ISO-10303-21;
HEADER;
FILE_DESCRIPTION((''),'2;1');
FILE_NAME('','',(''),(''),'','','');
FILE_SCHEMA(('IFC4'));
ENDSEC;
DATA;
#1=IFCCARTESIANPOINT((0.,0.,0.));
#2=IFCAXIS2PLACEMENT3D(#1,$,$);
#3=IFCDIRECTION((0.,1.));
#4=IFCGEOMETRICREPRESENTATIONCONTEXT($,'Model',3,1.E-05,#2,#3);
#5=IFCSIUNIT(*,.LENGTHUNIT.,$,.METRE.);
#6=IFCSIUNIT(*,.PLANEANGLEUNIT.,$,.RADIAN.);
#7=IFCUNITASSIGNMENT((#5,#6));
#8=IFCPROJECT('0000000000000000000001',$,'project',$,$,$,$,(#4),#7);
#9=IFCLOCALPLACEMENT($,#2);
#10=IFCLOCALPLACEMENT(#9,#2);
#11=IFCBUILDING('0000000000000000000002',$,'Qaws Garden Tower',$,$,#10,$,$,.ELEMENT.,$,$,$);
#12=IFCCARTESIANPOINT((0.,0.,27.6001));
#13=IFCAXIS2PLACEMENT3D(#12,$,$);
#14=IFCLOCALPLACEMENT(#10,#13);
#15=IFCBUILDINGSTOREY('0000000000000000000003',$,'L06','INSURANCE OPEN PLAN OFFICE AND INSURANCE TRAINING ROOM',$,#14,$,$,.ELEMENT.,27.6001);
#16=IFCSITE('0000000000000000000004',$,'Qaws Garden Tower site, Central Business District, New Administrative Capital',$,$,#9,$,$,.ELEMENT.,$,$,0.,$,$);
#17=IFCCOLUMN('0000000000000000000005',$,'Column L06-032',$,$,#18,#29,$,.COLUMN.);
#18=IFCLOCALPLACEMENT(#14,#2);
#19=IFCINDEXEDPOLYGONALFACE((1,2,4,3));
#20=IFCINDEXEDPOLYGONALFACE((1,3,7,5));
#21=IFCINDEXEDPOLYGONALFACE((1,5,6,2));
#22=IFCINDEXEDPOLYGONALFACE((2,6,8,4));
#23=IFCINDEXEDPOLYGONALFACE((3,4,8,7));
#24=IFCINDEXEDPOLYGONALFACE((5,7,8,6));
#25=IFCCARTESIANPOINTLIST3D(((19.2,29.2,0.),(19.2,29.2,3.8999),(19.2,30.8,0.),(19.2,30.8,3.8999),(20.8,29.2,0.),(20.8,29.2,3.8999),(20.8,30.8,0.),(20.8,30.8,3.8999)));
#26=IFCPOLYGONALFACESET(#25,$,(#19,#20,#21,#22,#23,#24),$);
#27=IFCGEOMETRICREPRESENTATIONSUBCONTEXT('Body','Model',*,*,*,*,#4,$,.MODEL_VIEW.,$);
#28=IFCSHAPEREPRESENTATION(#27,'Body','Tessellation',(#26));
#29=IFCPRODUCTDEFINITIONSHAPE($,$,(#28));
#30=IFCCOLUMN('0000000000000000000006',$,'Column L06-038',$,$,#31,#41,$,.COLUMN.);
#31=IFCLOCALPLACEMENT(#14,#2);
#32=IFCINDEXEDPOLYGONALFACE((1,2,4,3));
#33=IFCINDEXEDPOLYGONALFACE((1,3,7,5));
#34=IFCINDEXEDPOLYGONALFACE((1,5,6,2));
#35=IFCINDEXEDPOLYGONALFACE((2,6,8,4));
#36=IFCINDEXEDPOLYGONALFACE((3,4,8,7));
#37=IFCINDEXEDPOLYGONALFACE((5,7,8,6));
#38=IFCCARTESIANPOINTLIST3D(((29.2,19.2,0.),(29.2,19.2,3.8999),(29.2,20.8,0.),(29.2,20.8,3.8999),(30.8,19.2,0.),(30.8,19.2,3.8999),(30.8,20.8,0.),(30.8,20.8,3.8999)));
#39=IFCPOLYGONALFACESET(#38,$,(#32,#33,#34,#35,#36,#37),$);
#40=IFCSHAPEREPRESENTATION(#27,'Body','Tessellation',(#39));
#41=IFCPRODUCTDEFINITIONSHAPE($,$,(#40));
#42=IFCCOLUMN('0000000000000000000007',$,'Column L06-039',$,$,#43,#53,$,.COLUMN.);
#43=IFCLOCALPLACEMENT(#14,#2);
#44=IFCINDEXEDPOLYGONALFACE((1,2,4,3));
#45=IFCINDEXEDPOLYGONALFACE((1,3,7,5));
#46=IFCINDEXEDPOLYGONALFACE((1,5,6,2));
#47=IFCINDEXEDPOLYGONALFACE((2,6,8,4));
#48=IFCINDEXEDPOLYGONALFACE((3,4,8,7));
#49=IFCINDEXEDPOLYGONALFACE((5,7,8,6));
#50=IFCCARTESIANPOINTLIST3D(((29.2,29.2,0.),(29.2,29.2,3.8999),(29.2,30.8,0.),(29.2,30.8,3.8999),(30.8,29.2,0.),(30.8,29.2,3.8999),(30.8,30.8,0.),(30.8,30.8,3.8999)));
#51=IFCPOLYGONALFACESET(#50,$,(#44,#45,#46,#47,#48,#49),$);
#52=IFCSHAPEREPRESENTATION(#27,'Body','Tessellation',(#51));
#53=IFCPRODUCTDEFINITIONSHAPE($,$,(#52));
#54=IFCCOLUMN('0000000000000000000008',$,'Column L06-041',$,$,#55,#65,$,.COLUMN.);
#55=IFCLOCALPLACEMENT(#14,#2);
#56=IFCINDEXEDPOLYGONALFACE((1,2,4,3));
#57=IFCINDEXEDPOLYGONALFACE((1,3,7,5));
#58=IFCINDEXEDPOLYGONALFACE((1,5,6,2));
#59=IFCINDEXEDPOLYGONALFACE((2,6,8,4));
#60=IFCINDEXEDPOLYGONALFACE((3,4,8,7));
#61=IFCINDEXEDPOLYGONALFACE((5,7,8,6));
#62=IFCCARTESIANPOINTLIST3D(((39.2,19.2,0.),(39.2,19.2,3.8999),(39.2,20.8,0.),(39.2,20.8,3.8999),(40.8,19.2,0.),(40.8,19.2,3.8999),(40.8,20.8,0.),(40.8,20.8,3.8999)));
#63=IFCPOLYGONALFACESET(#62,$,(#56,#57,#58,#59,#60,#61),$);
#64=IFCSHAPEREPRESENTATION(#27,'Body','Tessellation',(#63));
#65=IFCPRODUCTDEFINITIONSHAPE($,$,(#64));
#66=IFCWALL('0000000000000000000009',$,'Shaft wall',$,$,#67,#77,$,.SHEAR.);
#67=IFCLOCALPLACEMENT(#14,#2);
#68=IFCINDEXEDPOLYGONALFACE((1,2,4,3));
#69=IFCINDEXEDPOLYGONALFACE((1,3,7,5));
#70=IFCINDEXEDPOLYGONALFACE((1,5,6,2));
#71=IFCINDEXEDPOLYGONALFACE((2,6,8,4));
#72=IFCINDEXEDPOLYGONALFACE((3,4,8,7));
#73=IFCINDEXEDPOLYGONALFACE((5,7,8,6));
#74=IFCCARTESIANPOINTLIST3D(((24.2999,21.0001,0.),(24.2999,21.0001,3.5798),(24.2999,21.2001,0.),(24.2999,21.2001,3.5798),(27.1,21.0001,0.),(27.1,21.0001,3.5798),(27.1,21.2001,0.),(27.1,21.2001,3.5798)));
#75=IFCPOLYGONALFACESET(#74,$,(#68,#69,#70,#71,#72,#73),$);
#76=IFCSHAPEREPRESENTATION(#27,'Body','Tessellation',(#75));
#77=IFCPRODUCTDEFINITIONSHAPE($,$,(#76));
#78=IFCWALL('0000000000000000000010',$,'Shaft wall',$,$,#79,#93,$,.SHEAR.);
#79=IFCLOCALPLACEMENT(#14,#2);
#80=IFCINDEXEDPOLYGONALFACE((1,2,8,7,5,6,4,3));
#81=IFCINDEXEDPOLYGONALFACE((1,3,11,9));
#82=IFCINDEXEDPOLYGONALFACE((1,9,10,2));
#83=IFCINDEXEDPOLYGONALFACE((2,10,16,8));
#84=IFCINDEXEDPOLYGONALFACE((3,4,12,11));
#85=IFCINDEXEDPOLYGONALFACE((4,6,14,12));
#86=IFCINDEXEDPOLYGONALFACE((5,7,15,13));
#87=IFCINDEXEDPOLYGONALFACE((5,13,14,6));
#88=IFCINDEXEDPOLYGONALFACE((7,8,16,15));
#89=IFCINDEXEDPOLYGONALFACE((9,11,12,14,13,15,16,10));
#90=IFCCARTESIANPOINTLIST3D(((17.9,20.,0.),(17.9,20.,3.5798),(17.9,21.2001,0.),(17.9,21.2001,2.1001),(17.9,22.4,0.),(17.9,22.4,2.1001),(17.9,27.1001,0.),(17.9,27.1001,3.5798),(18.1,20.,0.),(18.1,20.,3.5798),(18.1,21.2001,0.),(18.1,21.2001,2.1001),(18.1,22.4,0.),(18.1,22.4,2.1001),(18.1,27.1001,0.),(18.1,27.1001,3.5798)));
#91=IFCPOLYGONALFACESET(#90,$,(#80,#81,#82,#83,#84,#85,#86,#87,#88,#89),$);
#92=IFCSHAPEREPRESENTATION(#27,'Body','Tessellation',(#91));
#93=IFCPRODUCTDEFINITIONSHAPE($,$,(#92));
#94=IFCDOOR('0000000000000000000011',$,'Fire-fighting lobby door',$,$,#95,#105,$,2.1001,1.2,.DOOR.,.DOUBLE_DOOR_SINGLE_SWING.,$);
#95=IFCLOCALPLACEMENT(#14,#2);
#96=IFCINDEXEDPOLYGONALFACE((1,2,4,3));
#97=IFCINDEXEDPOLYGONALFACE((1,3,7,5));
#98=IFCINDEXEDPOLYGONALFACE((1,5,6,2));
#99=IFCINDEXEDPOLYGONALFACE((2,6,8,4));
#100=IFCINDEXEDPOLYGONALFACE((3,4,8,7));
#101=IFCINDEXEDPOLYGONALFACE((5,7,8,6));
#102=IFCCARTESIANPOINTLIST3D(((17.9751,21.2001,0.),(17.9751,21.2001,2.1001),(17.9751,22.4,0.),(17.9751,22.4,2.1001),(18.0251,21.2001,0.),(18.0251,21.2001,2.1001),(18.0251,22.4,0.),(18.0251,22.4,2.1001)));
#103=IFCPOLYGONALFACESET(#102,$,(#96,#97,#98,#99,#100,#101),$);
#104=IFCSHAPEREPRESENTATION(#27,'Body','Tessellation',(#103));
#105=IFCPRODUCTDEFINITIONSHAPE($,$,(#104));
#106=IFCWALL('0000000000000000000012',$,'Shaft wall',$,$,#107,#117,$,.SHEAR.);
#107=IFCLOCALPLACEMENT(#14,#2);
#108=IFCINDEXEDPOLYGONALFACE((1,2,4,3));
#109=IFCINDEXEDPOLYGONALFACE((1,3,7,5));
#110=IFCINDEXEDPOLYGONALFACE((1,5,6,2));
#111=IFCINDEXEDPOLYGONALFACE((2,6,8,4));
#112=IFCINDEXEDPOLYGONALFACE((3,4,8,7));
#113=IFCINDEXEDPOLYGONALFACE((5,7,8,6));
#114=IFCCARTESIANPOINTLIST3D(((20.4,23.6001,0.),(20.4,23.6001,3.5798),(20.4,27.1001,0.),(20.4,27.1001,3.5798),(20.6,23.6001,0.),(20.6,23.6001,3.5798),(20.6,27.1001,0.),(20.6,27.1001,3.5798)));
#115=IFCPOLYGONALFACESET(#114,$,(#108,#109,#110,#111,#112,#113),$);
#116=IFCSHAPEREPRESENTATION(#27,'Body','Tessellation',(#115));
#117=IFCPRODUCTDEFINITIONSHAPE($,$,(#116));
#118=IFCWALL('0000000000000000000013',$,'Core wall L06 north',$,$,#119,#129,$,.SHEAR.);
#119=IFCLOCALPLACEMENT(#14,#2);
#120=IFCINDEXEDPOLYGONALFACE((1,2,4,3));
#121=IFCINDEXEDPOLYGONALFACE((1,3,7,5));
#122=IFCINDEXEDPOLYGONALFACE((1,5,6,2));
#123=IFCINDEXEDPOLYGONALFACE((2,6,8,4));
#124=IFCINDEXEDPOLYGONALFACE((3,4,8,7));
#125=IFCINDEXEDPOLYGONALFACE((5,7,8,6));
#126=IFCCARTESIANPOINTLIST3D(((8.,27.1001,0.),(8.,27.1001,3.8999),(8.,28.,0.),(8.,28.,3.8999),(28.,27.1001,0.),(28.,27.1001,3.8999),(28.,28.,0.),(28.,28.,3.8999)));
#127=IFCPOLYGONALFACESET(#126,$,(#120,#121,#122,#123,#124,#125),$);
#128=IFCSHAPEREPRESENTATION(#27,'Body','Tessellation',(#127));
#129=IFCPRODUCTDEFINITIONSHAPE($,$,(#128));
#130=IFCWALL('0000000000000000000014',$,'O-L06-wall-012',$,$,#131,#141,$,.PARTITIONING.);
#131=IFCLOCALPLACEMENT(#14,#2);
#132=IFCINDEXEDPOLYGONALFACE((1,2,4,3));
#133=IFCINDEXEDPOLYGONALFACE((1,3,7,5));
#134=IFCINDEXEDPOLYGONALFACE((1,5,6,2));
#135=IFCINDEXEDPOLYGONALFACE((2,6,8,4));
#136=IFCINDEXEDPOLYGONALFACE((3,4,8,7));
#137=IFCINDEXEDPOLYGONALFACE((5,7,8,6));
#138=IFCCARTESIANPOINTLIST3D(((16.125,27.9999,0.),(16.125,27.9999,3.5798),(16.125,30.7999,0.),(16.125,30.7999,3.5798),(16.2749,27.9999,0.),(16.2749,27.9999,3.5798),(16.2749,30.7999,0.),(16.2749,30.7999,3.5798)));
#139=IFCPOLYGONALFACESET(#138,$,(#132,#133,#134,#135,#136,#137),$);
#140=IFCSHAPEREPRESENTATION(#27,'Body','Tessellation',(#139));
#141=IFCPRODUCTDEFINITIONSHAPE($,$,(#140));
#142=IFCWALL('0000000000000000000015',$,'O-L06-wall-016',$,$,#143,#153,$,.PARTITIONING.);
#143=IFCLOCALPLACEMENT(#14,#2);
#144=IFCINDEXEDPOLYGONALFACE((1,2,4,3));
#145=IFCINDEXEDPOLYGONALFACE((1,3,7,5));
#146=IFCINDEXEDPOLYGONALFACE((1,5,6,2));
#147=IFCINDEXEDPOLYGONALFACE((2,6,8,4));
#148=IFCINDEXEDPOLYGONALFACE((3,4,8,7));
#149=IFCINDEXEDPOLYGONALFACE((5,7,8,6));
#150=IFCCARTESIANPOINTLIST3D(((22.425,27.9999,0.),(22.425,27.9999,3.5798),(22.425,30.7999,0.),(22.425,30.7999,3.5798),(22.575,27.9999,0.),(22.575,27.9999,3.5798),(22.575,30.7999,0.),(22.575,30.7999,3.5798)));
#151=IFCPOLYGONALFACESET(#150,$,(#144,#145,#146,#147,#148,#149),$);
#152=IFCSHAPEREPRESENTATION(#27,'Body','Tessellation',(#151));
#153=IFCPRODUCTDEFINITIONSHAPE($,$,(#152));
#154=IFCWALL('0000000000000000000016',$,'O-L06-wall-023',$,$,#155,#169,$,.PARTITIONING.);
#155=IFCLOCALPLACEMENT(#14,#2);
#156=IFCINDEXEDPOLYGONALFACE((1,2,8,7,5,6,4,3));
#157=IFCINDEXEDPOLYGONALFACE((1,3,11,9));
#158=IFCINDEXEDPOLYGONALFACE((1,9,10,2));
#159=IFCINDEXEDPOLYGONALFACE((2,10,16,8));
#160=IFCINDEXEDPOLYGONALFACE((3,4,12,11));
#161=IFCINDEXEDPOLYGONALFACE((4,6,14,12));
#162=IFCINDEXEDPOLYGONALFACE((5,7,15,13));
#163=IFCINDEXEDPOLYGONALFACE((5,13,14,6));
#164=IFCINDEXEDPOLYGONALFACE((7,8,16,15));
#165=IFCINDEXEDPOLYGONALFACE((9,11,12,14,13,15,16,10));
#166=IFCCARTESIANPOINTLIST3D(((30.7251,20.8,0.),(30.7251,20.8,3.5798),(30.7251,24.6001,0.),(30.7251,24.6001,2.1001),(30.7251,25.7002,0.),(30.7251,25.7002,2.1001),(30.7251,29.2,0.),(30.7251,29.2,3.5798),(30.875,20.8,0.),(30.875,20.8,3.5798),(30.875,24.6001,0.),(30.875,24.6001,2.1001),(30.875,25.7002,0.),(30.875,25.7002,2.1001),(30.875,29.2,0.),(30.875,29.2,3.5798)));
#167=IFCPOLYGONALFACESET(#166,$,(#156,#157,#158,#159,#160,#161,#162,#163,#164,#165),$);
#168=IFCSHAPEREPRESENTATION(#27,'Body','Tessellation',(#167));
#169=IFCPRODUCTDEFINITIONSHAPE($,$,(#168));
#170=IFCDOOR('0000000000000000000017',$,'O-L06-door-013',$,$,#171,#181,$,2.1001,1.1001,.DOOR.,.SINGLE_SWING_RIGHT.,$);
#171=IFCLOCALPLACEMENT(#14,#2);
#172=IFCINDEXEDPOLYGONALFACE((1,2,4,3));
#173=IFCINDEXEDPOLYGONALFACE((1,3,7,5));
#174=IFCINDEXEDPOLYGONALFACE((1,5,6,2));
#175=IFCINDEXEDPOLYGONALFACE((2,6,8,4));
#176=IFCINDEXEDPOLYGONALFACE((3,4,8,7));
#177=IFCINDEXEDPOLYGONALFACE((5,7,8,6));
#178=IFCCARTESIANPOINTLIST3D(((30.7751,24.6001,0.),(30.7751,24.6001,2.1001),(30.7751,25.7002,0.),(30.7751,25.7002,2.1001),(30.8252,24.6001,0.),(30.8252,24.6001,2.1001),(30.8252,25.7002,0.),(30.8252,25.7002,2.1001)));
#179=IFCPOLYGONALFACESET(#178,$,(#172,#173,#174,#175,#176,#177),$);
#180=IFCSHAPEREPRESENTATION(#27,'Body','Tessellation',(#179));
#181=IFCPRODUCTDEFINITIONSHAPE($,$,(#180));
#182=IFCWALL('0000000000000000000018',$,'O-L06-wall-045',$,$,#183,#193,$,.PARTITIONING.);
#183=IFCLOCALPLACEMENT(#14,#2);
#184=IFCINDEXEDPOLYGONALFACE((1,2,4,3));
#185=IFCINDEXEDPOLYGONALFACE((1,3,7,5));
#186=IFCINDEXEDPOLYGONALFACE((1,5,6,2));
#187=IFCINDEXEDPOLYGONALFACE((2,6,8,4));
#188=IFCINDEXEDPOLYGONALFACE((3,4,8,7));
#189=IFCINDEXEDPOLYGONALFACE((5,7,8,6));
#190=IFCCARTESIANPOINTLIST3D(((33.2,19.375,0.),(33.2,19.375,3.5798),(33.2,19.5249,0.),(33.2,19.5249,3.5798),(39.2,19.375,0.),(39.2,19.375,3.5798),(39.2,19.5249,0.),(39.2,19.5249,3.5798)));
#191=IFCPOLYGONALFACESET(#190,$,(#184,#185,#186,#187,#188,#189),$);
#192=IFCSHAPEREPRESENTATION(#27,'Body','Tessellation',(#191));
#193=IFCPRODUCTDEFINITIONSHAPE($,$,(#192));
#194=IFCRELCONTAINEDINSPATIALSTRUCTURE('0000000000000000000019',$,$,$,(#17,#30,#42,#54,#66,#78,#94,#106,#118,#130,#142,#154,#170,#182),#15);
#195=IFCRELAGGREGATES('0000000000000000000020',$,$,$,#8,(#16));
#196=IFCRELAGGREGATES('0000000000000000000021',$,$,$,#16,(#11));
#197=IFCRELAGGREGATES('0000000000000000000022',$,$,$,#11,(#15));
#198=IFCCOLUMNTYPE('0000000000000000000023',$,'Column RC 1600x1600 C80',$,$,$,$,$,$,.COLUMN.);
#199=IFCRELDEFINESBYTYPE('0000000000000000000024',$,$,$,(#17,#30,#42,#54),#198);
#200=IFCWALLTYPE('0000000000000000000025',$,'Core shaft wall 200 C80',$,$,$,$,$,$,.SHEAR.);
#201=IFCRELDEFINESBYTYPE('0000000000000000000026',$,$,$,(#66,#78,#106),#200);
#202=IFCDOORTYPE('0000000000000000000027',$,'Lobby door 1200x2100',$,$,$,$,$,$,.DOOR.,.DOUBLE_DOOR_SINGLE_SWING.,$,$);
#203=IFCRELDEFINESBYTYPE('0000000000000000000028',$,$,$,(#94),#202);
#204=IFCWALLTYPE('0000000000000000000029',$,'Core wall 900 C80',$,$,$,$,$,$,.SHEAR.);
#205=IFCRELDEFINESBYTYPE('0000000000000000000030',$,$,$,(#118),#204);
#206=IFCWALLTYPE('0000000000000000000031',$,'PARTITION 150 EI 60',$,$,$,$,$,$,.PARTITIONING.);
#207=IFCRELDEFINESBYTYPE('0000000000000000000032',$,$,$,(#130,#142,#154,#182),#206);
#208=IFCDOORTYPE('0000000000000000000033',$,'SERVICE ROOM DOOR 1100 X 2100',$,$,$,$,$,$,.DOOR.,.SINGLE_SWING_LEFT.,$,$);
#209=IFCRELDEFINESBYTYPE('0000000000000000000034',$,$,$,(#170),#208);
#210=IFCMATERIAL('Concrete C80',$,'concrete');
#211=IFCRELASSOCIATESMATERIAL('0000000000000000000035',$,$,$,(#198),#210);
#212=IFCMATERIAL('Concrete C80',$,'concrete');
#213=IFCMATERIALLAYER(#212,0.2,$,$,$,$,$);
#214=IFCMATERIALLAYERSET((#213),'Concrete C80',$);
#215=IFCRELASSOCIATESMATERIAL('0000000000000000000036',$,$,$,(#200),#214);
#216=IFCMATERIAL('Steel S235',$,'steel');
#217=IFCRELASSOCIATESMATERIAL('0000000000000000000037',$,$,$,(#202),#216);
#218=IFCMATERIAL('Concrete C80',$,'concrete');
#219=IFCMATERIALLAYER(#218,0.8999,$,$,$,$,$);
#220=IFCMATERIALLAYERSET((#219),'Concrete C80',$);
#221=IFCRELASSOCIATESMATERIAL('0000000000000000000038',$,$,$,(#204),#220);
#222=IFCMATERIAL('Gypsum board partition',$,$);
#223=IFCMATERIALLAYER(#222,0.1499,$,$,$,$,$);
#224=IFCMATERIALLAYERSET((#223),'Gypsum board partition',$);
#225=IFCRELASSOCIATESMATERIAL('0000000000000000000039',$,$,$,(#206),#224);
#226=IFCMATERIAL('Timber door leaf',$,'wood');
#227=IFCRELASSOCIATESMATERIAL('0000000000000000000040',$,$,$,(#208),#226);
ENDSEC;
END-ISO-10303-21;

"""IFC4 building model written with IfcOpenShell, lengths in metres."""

from ifc_helpers import new_model, si_unit, direction, frame, frame_2d, origin, origin_2d, place, context, subcontext, project, spatial, rectangle, extrude, material, layer, layer_set, material_profile, profile_set, type_object, element, fill, save


model = new_model("IFC4")

# Units and contexts
model_context = context("Model", 3, precision=1e-05, world=origin(), true_north=direction((0.0, 1.0)))
body_context = subcontext(model_context, "Body", "Model", "MODEL_VIEW")
ifc_project = project(units=[si_unit("LENGTHUNIT", "METRE"), si_unit("PLANEANGLEUNIT", "RADIAN")], contexts=[model_context])

# Site, building, storey
site_placement = place(None, origin())
site = spatial("IfcSite", under=ifc_project, at=site_placement, Name="Qaws Garden Tower site, Central Business District, New Administrative Capital", CompositionType="ELEMENT", RefElevation=0.0)
building_placement = place(site_placement, origin())
building = spatial("IfcBuilding", under=site, at=building_placement, Name="Qaws Garden Tower", CompositionType="ELEMENT")
storey_placement = place(building_placement, frame((0.0, 0.0, 27.6001)))
storey = spatial("IfcBuildingStorey", under=building, at=storey_placement, Name="L06", Description="INSURANCE OPEN PLAN OFFICE AND INSURANCE TRAINING ROOM", CompositionType="ELEMENT", Elevation=27.6001)

# Columns
ifc_material_1 = material(Name="Concrete C80", Category="concrete")
ifc_material_profile = material_profile(ifc_material_1, rectangle(XDim=1.6001, YDim=1.6001, at=origin_2d()), Name="RC 1600x1600")
ifc_profile_set = profile_set([ifc_material_profile], Name="Concrete C80")
column_type = type_object("IfcColumnType", Name="Column RC 1600x1600 C80", PredefinedType="COLUMN", material=ifc_profile_set)
for number, where, z_axis, x_axis, name in (
    (1, (20.0, 30.0, 0.0), (0.0, 0.0, 1.0), (1.0, 0.0, 0.0), "Column L06-032"),
    (2, (30.0, 20.0, 0.0), (0.0, 0.0, 1.0), (1.0, 0.0, 0.0), "Column L06-038"),
    (3, (30.0, 30.0, 0.0), (0.0, 0.0, 1.0), (1.0, 0.0, 0.0), "Column L06-039"),
    (4, (40.0, 20.0, 0.0), (0.0, 0.0, 1.0), (1.0, 0.0, 0.0), "Column L06-041"),
):
    element("IfcColumn", number, at=place(storey_placement, frame(where, z_axis=z_axis, x_axis=x_axis)), inside=storey, type_object=column_type, Name=name, PredefinedType="COLUMN", context=body_context, shape_type="SweptSolid", body=[
        extrude(rectangle(XDim=1.6001, YDim=1.6001, at=origin_2d()), origin(), (0.0, 0.0, 1.0), 3.8999),
    ])

# Wall
ifc_material_2 = material(Name="Concrete C80", Category="concrete")
ifc_layer_1 = layer(ifc_material_2, 0.2)
ifc_layer_set_1 = layer_set([ifc_layer_1], Name="Concrete C80")
wall_type_1 = type_object("IfcWallType", Name="Core shaft wall 200 C80", PredefinedType="SHEAR", material=ifc_layer_set_1)
wall_1_placement = place(storey_placement, frame((24.3, 21.1001, 0.0), z_axis=(0.0, 0.0, 1.0), x_axis=(1.0, 0.0, 0.0)))
element("IfcWall", 5, at=wall_1_placement, inside=storey, type_object=wall_type_1, Name="Shaft wall", PredefinedType="SHEAR", context=body_context, shape_type="SweptSolid", body=[
    extrude(rectangle(XDim=2.8, YDim=0.2, at=frame_2d((1.3999, 0.0))), origin(), (0.0, 0.0, 1.0), 3.5798),
])

# Wall, opening, door
wall_2_placement = place(storey_placement, frame((18.0, 20.0, 0.0), z_axis=(0.0, 0.0, 1.0), x_axis=(0.0, 1.0, 0.0)))
wall_2 = element("IfcWall", 6, at=wall_2_placement, inside=storey, type_object=wall_type_1, Name="Shaft wall", PredefinedType="SHEAR", context=body_context, shape_type="SweptSolid", body=[
    extrude(rectangle(XDim=7.1001, YDim=0.2, at=frame_2d((3.55, 0.0))), origin(), (0.0, 0.0, 1.0), 3.5798),
])
opening_1_placement = place(wall_2_placement, frame((1.2, 0.0, 0.0)))
opening_1 = element("IfcOpeningElement", 7, at=opening_1_placement, cuts=wall_2, PredefinedType="OPENING", context=body_context, shape_type="SweptSolid", body=[
    extrude(rectangle(XDim=1.2, YDim=2.1001, at=frame_2d((0.6001, 1.05))), frame((0.0, 0.1099, 0.0), z_axis=(0.0, -1.0, 0.0), x_axis=(1.0, 0.0, 0.0)), (0.0, 0.0, 1.0), 0.22),
])
ifc_material_3 = material(Name="Steel S235", Category="steel")
door_type_1 = type_object("IfcDoorType", Name="Lobby door 1200x2100", OperationType="DOUBLE_DOOR_SINGLE_SWING", PredefinedType="DOOR", material=ifc_material_3)
door_1_placement = place(opening_1_placement, origin())
door_1 = element("IfcDoor", 8, at=door_1_placement, inside=storey, type_object=door_type_1, Name="Fire-fighting lobby door", OperationType="DOUBLE_DOOR_SINGLE_SWING", OverallHeight=2.1001, OverallWidth=1.2, PredefinedType="DOOR", context=body_context, shape_type="SweptSolid", body=[
    extrude(rectangle(XDim=1.2, YDim=2.1001, at=frame_2d((0.6001, 1.05))), frame((0.0, 0.0249, 0.0), z_axis=(0.0, -1.0, 0.0), x_axis=(1.0, 0.0, 0.0)), (0.0, 0.0, 1.0), 0.05),
])
fill(opening_1, door_1)

# Walls
wall_3_placement = place(storey_placement, frame((20.5, 23.6001, 0.0), z_axis=(0.0, 0.0, 1.0), x_axis=(0.0, 1.0, 0.0)))
element("IfcWall", 9, at=wall_3_placement, inside=storey, type_object=wall_type_1, Name="Shaft wall", PredefinedType="SHEAR", context=body_context, shape_type="SweptSolid", body=[
    extrude(rectangle(XDim=3.5, YDim=0.2, at=frame_2d((1.75, 0.0))), origin(), (0.0, 0.0, 1.0), 3.5798),
])
ifc_material_4 = material(Name="Concrete C80", Category="concrete")
ifc_layer_2 = layer(ifc_material_4, 0.8999)
ifc_layer_set_2 = layer_set([ifc_layer_2], Name="Concrete C80")
wall_type_2 = type_object("IfcWallType", Name="Core wall 900 C80", PredefinedType="SHEAR", material=ifc_layer_set_2)
wall_4_placement = place(storey_placement, frame((28.0, 27.55, 0.0), z_axis=(0.0, 0.0, 1.0), x_axis=(-1.0, 0.0, 0.0)))
element("IfcWall", 10, at=wall_4_placement, inside=storey, type_object=wall_type_2, Name="Core wall L06 north", PredefinedType="SHEAR", context=body_context, shape_type="SweptSolid", body=[
    extrude(rectangle(XDim=20.0, YDim=0.8999, at=frame_2d((10.0, 0.0))), origin(), (0.0, 0.0, 1.0), 3.8999),
])
ifc_material_5 = material(Name="Gypsum board partition")
ifc_layer_3 = layer(ifc_material_5, 0.1499)
ifc_layer_set_3 = layer_set([ifc_layer_3], Name="Gypsum board partition")
wall_type_3 = type_object("IfcWallType", Name="PARTITION 150 EI 60", PredefinedType="PARTITIONING", material=ifc_layer_set_3)
for number, where, z_axis, x_axis, name in (
    (11, (16.2, 28.0, 0.0), (0.0, 0.0, 1.0), (0.0, 1.0, 0.0), "O-L06-wall-012"),
    (12, (22.5, 28.0, 0.0), (0.0, 0.0, 1.0), (0.0, 1.0, 0.0), "O-L06-wall-016"),
):
    element("IfcWall", number, at=place(storey_placement, frame(where, z_axis=z_axis, x_axis=x_axis)), inside=storey, type_object=wall_type_3, Name=name, PredefinedType="PARTITIONING", context=body_context, shape_type="SweptSolid", body=[
        extrude(rectangle(XDim=2.8, YDim=0.1499, at=frame_2d((1.3999, 0.0))), origin(), (0.0, 0.0, 1.0), 3.5798),
    ])

# Wall, opening, door
wall_5_placement = place(storey_placement, frame((30.8, 20.8, 0.0), z_axis=(0.0, 0.0, 1.0), x_axis=(0.0, 1.0, 0.0)))
wall_5 = element("IfcWall", 13, at=wall_5_placement, inside=storey, type_object=wall_type_3, Name="O-L06-wall-023", PredefinedType="PARTITIONING", context=body_context, shape_type="SweptSolid", body=[
    extrude(rectangle(XDim=8.3999, YDim=0.1499, at=frame_2d((4.2, 0.0))), origin(), (0.0, 0.0, 1.0), 3.5798),
])
opening_2_placement = place(wall_5_placement, frame((3.8, 0.0, 0.0)))
opening_2 = element("IfcOpeningElement", 14, at=opening_2_placement, cuts=wall_5, PredefinedType="OPENING", context=body_context, shape_type="SweptSolid", body=[
    extrude(rectangle(XDim=1.1001, YDim=2.1001, at=frame_2d((0.55, 1.05))), frame((0.0, 0.085, 0.0), z_axis=(0.0, -1.0, 0.0), x_axis=(1.0, 0.0, 0.0)), (0.0, 0.0, 1.0), 0.1699),
])
ifc_material_6 = material(Name="Timber door leaf", Category="wood")
door_type_2 = type_object("IfcDoorType", Name="SERVICE ROOM DOOR 1100 X 2100", OperationType="SINGLE_SWING_LEFT", PredefinedType="DOOR", material=ifc_material_6)
door_2_placement = place(opening_2_placement, origin())
door_2 = element("IfcDoor", 15, at=door_2_placement, inside=storey, type_object=door_type_2, Name="O-L06-door-013", OperationType="SINGLE_SWING_RIGHT", OverallHeight=2.1001, OverallWidth=1.1001, PredefinedType="DOOR", context=body_context, shape_type="SweptSolid", body=[
    extrude(rectangle(XDim=1.1001, YDim=2.1001, at=frame_2d((0.55, 1.05))), frame((0.0, 0.0249, 0.0), z_axis=(0.0, -1.0, 0.0), x_axis=(1.0, 0.0, 0.0)), (0.0, 0.0, 1.0), 0.05),
])
fill(opening_2, door_2)

# Wall
wall_6_placement = place(storey_placement, frame((33.2, 19.45, 0.0), z_axis=(0.0, 0.0, 1.0), x_axis=(1.0, 0.0, 0.0)))
element("IfcWall", 16, at=wall_6_placement, inside=storey, type_object=wall_type_3, Name="O-L06-wall-045", PredefinedType="PARTITIONING", context=body_context, shape_type="SweptSolid", body=[
    extrude(rectangle(XDim=6.0, YDim=0.1499, at=frame_2d((3.0, 0.0))), origin(), (0.0, 0.0, 1.0), 3.5798),
])

save(model, "model.ifc")
